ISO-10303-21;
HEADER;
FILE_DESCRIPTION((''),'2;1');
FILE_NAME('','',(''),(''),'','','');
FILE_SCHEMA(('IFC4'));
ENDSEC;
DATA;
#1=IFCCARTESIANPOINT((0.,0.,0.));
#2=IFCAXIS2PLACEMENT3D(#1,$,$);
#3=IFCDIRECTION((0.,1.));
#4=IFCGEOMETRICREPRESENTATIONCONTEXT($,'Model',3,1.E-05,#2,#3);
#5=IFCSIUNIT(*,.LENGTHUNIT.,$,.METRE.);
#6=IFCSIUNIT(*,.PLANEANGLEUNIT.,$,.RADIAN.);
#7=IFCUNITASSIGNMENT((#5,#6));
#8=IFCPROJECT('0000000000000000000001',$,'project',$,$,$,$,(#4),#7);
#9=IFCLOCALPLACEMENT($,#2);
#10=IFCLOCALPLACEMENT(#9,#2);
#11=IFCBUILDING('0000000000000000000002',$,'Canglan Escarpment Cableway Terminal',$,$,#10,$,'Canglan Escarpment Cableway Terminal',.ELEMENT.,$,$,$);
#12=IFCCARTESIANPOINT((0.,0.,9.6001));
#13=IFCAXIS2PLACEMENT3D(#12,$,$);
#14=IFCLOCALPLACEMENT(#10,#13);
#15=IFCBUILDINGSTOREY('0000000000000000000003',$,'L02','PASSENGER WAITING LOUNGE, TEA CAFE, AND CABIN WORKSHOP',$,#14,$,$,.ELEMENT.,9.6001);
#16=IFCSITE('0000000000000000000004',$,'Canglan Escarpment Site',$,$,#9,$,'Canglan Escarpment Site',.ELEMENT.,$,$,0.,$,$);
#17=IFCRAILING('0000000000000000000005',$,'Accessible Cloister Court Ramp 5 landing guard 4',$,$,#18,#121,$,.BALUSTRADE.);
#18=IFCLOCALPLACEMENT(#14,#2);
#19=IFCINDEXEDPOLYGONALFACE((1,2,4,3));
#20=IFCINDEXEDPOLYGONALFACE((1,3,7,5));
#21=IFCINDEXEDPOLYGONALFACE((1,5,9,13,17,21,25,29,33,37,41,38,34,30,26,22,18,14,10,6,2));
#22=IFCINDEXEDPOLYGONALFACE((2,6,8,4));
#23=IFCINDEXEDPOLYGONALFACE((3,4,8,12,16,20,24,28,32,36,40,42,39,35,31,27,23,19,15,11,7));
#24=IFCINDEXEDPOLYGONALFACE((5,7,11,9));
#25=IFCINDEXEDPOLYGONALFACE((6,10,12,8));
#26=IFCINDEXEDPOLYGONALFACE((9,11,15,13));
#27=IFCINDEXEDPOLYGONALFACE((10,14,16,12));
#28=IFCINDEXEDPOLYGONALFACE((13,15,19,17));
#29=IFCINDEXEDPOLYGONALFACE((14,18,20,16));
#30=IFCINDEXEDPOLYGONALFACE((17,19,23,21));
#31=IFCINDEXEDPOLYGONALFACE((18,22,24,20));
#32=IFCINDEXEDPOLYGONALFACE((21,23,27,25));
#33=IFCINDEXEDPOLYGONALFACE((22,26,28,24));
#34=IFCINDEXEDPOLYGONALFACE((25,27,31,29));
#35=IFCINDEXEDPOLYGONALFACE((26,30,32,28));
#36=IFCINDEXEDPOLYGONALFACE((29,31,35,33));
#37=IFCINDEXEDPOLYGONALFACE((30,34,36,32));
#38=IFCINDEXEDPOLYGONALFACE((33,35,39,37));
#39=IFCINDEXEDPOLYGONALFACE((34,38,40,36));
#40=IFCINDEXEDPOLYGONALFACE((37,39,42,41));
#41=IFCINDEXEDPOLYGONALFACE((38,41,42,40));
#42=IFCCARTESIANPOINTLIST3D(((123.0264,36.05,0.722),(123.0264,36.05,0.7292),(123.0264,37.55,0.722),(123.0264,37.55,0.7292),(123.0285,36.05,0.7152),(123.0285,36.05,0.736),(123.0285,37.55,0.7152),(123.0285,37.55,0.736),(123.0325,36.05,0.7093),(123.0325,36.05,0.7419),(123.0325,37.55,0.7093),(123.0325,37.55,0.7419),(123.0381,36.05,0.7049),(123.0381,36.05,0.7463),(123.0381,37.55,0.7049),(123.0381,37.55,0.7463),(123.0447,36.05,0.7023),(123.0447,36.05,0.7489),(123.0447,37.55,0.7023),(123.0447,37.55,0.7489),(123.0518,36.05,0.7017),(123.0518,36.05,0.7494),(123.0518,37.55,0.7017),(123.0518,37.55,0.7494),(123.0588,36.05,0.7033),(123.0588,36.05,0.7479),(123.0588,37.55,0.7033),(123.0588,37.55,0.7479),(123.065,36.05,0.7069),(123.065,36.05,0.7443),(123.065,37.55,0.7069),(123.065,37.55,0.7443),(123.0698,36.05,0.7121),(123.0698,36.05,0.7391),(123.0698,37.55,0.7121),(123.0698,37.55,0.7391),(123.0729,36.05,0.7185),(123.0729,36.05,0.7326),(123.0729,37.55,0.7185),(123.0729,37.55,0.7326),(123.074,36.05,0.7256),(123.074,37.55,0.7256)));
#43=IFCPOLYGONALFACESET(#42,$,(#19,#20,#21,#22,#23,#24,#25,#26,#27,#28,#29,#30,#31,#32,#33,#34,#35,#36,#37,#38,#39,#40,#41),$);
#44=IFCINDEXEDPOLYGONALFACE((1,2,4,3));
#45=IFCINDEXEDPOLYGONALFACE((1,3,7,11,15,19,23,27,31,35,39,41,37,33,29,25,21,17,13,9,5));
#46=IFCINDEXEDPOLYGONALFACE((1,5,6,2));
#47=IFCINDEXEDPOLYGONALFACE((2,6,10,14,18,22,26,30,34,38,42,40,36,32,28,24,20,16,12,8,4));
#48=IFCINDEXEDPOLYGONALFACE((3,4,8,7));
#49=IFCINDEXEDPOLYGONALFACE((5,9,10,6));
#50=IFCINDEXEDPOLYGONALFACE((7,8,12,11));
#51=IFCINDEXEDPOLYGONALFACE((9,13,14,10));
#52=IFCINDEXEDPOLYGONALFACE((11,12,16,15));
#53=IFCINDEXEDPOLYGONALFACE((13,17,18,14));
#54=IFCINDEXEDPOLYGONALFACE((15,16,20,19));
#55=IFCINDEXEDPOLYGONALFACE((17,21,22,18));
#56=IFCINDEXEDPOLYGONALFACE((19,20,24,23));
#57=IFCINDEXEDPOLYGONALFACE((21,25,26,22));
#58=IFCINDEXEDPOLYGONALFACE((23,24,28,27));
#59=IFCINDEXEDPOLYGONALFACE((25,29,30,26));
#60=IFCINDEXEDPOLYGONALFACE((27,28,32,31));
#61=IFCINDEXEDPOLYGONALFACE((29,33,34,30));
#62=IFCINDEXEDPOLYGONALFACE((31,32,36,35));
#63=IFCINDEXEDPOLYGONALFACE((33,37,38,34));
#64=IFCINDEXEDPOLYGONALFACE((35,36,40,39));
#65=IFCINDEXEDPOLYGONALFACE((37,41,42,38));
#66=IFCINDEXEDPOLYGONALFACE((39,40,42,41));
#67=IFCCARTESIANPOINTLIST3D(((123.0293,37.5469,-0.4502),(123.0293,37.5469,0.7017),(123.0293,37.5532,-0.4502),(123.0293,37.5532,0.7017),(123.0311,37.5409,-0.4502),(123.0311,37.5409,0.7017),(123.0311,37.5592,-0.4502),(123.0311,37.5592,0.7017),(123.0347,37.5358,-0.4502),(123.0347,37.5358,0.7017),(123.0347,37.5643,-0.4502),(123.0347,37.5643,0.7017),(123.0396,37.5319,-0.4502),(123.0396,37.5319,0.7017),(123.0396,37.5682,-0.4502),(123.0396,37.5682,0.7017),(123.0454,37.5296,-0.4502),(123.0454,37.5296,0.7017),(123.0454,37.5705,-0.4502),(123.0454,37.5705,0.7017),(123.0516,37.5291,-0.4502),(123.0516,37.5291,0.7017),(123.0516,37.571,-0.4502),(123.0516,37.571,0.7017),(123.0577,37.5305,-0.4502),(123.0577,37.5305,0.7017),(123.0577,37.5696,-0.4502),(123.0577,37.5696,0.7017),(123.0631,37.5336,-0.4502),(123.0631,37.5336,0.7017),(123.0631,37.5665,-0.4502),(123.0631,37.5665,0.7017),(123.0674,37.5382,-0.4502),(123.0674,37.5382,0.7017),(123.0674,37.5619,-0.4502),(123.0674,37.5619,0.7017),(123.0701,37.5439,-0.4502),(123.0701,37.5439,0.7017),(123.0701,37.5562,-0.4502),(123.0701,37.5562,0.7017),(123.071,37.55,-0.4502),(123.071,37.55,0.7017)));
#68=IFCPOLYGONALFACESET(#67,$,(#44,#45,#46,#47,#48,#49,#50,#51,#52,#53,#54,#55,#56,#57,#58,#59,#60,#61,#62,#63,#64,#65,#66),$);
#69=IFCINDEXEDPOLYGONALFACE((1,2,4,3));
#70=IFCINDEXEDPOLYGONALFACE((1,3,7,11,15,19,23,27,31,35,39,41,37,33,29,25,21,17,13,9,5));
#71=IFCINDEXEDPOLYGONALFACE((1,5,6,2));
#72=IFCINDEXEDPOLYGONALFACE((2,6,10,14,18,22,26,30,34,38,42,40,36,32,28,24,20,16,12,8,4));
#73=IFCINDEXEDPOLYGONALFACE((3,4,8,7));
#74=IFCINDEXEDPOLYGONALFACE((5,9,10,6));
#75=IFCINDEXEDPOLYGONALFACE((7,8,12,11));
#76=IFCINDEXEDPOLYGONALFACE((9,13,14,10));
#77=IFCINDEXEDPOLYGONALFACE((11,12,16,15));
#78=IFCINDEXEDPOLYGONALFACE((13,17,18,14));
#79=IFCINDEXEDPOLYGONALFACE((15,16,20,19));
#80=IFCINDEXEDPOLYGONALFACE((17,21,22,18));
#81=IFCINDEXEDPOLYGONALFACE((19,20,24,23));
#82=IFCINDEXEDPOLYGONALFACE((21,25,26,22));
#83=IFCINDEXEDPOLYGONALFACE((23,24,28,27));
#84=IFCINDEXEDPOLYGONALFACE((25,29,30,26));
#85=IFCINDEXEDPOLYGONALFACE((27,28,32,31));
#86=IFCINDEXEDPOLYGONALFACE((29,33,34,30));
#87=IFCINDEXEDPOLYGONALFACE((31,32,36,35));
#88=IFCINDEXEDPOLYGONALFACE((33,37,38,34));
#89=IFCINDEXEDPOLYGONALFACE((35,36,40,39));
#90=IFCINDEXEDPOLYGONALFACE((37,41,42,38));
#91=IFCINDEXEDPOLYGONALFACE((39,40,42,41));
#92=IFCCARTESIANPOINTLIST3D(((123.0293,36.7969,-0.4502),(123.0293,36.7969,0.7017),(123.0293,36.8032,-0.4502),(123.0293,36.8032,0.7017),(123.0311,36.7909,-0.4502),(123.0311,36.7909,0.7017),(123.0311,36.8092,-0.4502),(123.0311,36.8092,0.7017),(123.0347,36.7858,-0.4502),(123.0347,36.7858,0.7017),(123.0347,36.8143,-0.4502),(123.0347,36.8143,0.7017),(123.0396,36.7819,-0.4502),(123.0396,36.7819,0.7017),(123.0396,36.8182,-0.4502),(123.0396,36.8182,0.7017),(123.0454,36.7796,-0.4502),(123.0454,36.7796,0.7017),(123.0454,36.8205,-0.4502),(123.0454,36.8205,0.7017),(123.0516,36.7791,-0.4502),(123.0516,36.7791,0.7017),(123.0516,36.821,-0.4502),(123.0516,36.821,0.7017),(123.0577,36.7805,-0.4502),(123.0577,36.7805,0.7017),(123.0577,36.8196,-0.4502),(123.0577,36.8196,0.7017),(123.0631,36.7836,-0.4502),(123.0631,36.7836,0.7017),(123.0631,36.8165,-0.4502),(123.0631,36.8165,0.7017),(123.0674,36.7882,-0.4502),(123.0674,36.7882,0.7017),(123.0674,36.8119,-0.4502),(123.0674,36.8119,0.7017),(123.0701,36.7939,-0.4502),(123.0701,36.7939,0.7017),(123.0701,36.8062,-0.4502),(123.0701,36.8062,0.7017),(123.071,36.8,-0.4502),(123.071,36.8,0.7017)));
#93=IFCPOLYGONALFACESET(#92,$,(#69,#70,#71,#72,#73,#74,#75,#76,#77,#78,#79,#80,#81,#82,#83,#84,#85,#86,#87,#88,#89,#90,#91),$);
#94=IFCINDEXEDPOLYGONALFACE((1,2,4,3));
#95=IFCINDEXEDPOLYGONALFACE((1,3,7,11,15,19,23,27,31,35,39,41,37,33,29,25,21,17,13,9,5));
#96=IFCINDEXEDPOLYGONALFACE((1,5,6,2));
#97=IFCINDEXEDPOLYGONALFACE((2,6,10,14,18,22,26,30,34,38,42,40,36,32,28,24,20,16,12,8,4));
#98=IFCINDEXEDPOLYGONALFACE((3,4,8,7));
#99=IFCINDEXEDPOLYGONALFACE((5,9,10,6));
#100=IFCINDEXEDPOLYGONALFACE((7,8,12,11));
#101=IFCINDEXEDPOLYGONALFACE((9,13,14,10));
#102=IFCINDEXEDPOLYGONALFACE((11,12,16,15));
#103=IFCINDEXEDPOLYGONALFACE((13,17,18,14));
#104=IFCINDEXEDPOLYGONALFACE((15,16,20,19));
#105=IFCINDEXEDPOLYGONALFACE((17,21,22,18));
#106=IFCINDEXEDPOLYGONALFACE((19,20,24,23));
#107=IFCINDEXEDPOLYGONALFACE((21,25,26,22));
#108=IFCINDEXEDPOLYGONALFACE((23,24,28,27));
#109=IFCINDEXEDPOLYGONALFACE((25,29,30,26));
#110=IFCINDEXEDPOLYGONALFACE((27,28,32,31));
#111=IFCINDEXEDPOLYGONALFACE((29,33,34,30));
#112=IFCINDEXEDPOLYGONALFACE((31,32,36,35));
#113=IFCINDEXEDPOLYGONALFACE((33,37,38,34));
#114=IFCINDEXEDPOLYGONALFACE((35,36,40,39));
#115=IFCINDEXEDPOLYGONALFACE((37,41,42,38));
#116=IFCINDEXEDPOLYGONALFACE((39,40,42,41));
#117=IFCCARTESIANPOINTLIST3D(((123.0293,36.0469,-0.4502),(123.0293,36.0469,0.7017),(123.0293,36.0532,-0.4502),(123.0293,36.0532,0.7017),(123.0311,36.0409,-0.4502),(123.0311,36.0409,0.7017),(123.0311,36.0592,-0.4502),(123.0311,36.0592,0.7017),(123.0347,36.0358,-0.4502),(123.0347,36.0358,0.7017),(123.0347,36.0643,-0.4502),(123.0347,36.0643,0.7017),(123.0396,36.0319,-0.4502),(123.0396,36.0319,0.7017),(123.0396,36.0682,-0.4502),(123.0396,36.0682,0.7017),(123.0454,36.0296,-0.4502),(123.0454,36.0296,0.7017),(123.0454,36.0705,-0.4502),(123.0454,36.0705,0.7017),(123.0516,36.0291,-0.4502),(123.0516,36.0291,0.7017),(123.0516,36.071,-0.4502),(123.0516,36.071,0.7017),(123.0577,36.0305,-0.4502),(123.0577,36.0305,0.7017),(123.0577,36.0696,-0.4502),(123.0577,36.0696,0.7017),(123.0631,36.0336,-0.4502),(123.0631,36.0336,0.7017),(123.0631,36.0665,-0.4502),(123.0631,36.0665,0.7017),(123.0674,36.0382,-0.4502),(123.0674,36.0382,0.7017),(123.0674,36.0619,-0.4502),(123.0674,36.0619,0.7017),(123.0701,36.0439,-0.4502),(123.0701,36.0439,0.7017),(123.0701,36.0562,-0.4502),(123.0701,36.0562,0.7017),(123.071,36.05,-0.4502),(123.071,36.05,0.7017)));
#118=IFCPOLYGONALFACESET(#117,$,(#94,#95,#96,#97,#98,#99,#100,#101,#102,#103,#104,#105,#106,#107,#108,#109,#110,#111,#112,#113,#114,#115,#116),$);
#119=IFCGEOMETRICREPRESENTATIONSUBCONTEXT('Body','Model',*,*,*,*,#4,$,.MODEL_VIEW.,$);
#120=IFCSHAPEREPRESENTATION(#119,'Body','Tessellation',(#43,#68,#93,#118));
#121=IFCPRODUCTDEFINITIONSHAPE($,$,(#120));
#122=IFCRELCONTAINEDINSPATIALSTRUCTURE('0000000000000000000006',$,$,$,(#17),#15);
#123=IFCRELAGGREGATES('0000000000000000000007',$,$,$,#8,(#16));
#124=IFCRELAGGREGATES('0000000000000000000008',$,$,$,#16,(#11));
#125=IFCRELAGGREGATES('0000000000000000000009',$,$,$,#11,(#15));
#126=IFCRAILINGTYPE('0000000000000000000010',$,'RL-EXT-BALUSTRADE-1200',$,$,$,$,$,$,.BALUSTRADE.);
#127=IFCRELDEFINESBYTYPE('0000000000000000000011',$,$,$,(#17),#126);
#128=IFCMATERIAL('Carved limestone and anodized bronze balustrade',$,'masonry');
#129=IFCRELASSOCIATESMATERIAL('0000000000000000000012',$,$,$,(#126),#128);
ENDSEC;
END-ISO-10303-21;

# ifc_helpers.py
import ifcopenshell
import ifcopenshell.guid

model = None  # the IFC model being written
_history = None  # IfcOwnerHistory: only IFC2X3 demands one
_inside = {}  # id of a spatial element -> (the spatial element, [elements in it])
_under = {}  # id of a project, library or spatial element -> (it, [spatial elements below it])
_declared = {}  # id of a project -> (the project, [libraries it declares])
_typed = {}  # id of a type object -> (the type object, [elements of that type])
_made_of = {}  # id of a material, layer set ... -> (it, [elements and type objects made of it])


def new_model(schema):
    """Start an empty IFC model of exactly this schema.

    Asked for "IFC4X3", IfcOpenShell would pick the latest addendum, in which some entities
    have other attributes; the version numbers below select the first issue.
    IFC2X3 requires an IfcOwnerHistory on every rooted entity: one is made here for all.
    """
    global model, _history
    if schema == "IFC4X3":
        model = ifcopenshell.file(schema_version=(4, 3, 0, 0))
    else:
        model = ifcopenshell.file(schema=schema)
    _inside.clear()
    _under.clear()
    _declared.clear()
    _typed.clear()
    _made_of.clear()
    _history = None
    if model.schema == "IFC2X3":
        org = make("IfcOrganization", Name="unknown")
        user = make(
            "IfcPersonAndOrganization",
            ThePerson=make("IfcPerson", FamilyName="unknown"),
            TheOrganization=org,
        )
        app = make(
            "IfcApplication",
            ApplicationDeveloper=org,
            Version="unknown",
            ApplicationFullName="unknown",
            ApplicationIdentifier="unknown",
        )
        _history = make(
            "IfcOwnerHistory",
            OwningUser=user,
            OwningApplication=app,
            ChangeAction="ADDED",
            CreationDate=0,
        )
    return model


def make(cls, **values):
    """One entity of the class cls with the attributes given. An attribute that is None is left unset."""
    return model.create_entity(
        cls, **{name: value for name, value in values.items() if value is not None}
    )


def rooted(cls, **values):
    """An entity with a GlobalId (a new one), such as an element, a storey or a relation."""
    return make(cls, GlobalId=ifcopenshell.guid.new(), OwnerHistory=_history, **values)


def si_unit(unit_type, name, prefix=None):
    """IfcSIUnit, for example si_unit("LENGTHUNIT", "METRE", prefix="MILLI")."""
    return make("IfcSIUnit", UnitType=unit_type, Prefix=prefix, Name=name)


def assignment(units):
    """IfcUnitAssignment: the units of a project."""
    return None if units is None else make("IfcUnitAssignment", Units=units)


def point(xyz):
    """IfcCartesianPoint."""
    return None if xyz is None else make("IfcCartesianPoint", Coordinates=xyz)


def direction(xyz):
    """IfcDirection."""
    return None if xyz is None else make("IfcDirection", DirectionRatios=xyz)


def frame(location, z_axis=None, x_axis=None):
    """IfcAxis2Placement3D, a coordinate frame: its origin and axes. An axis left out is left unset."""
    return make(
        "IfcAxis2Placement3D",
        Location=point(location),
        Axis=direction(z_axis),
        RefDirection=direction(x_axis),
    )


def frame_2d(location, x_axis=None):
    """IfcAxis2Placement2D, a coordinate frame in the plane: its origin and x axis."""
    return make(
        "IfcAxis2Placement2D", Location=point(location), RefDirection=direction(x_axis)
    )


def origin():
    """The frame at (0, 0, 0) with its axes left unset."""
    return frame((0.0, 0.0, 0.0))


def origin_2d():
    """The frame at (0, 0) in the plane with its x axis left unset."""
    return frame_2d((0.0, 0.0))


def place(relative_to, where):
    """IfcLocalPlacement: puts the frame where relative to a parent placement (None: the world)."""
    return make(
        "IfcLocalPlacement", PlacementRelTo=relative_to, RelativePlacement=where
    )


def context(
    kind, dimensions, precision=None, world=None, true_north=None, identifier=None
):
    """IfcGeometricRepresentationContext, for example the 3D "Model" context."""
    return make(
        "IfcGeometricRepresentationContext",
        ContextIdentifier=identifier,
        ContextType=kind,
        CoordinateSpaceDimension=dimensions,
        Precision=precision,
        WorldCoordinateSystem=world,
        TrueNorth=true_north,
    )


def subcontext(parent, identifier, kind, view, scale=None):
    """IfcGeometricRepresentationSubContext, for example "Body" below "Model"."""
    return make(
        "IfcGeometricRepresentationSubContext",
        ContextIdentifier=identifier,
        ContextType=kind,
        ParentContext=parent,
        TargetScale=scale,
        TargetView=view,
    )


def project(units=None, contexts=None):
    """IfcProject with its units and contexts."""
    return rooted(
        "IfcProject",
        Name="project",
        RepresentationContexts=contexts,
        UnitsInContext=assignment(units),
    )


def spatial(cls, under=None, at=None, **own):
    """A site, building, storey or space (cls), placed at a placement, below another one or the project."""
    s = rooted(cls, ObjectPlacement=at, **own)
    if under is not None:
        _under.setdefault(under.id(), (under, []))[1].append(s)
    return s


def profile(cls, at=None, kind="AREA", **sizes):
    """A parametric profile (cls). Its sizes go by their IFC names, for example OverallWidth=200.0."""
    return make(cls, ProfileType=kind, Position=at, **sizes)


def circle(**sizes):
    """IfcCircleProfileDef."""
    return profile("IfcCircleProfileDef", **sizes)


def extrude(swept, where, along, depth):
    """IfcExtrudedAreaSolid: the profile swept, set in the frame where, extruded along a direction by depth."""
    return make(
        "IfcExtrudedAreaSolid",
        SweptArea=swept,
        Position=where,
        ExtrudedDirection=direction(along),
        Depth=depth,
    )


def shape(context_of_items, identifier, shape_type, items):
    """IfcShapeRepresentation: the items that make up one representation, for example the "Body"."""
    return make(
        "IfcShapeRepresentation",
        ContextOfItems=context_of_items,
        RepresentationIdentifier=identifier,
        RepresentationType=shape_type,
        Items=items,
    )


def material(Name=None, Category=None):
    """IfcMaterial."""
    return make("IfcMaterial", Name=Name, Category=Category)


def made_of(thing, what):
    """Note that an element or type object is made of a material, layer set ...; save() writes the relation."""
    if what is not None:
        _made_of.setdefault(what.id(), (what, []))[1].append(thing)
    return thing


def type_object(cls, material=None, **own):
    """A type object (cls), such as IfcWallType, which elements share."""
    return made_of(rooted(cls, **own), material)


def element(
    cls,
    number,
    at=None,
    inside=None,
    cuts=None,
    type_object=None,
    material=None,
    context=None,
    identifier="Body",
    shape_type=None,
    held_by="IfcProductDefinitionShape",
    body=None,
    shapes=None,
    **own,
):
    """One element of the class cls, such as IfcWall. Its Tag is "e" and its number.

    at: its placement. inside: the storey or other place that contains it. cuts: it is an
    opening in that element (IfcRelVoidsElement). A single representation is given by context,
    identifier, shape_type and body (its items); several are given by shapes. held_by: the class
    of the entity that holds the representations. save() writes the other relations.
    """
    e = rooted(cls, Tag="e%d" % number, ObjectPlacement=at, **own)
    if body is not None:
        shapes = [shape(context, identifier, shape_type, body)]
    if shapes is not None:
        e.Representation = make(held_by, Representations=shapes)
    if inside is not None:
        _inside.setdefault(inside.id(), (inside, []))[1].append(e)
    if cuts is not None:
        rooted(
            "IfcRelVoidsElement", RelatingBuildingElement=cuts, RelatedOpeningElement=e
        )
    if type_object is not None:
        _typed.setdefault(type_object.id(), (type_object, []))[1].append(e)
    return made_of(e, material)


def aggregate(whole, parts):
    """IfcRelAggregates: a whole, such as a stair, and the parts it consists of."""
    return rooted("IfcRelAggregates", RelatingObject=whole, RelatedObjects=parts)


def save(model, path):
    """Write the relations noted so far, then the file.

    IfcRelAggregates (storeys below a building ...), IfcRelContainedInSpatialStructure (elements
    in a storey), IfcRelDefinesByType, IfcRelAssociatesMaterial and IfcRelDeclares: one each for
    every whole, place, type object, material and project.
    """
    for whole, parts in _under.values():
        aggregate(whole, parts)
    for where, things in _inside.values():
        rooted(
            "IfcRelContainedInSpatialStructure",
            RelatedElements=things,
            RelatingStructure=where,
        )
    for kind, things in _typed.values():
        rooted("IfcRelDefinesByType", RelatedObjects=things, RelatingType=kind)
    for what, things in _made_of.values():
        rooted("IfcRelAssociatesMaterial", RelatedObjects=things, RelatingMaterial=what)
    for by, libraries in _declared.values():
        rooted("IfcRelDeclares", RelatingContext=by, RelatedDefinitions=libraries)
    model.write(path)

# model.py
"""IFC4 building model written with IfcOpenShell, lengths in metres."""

from ifc_helpers import new_model, si_unit, direction, frame, origin, origin_2d, place, context, subcontext, project, spatial, circle, extrude, material, type_object, element, save


model = new_model("IFC4")

# Units and contexts
model_context = context("Model", 3, precision=1e-05, world=origin(), true_north=direction((0.0, 1.0)))
body_context = subcontext(model_context, "Body", "Model", "MODEL_VIEW")
ifc_project = project(units=[si_unit("LENGTHUNIT", "METRE"), si_unit("PLANEANGLEUNIT", "RADIAN")], contexts=[model_context])

# Site, building, storey
site_placement = place(None, origin())
site = spatial("IfcSite", under=ifc_project, at=site_placement, Name="Canglan Escarpment Site", LongName="Canglan Escarpment Site", CompositionType="ELEMENT", RefElevation=0.0)
building_placement = place(site_placement, origin())
building = spatial("IfcBuilding", under=site, at=building_placement, Name="Canglan Escarpment Cableway Terminal", LongName="Canglan Escarpment Cableway Terminal", CompositionType="ELEMENT")
storey_placement = place(building_placement, frame((0.0, 0.0, 9.6001)))
storey = spatial("IfcBuildingStorey", under=building, at=storey_placement, Name="L02", Description="PASSENGER WAITING LOUNGE, TEA CAFE, AND CABIN WORKSHOP", CompositionType="ELEMENT", Elevation=9.6001)

# Railing
ifc_material_1 = material(Name="Carved limestone and anodized bronze balustrade", Category="masonry")
railing_type_1 = type_object("IfcRailingType", Name="RL-EXT-BALUSTRADE-1200", PredefinedType="BALUSTRADE", material=ifc_material_1)
railing_1_placement = place(storey_placement, frame((123.05, 37.55, -0.4502)))
element("IfcRailing", 1, at=railing_1_placement, inside=storey, type_object=railing_type_1, Name="Accessible Cloister Court Ramp 5 landing guard 4", PredefinedType="BALUSTRADE", context=body_context, shape_type="SweptSolid", body=[
    extrude(circle(Radius=0.0239, at=origin_2d()), frame((0.0, 0.0, 1.1758), z_axis=(0.0, -1.0, 0.0), x_axis=(1.0, 0.0, 0.0)), (0.0, 0.0, 1.0), 1.5),
    extrude(circle(Radius=0.021, at=origin_2d()), origin(), (0.0, 0.0, 1.0), 1.1519),
    extrude(circle(Radius=0.021, at=origin_2d()), frame((0.0, -0.75, 0.0)), (0.0, 0.0, 1.0), 1.1519),
    extrude(circle(Radius=0.021, at=origin_2d()), frame((0.0, -1.5, 0.0)), (0.0, 0.0, 1.0), 1.1519),
])

save(model, "model.ifc")
